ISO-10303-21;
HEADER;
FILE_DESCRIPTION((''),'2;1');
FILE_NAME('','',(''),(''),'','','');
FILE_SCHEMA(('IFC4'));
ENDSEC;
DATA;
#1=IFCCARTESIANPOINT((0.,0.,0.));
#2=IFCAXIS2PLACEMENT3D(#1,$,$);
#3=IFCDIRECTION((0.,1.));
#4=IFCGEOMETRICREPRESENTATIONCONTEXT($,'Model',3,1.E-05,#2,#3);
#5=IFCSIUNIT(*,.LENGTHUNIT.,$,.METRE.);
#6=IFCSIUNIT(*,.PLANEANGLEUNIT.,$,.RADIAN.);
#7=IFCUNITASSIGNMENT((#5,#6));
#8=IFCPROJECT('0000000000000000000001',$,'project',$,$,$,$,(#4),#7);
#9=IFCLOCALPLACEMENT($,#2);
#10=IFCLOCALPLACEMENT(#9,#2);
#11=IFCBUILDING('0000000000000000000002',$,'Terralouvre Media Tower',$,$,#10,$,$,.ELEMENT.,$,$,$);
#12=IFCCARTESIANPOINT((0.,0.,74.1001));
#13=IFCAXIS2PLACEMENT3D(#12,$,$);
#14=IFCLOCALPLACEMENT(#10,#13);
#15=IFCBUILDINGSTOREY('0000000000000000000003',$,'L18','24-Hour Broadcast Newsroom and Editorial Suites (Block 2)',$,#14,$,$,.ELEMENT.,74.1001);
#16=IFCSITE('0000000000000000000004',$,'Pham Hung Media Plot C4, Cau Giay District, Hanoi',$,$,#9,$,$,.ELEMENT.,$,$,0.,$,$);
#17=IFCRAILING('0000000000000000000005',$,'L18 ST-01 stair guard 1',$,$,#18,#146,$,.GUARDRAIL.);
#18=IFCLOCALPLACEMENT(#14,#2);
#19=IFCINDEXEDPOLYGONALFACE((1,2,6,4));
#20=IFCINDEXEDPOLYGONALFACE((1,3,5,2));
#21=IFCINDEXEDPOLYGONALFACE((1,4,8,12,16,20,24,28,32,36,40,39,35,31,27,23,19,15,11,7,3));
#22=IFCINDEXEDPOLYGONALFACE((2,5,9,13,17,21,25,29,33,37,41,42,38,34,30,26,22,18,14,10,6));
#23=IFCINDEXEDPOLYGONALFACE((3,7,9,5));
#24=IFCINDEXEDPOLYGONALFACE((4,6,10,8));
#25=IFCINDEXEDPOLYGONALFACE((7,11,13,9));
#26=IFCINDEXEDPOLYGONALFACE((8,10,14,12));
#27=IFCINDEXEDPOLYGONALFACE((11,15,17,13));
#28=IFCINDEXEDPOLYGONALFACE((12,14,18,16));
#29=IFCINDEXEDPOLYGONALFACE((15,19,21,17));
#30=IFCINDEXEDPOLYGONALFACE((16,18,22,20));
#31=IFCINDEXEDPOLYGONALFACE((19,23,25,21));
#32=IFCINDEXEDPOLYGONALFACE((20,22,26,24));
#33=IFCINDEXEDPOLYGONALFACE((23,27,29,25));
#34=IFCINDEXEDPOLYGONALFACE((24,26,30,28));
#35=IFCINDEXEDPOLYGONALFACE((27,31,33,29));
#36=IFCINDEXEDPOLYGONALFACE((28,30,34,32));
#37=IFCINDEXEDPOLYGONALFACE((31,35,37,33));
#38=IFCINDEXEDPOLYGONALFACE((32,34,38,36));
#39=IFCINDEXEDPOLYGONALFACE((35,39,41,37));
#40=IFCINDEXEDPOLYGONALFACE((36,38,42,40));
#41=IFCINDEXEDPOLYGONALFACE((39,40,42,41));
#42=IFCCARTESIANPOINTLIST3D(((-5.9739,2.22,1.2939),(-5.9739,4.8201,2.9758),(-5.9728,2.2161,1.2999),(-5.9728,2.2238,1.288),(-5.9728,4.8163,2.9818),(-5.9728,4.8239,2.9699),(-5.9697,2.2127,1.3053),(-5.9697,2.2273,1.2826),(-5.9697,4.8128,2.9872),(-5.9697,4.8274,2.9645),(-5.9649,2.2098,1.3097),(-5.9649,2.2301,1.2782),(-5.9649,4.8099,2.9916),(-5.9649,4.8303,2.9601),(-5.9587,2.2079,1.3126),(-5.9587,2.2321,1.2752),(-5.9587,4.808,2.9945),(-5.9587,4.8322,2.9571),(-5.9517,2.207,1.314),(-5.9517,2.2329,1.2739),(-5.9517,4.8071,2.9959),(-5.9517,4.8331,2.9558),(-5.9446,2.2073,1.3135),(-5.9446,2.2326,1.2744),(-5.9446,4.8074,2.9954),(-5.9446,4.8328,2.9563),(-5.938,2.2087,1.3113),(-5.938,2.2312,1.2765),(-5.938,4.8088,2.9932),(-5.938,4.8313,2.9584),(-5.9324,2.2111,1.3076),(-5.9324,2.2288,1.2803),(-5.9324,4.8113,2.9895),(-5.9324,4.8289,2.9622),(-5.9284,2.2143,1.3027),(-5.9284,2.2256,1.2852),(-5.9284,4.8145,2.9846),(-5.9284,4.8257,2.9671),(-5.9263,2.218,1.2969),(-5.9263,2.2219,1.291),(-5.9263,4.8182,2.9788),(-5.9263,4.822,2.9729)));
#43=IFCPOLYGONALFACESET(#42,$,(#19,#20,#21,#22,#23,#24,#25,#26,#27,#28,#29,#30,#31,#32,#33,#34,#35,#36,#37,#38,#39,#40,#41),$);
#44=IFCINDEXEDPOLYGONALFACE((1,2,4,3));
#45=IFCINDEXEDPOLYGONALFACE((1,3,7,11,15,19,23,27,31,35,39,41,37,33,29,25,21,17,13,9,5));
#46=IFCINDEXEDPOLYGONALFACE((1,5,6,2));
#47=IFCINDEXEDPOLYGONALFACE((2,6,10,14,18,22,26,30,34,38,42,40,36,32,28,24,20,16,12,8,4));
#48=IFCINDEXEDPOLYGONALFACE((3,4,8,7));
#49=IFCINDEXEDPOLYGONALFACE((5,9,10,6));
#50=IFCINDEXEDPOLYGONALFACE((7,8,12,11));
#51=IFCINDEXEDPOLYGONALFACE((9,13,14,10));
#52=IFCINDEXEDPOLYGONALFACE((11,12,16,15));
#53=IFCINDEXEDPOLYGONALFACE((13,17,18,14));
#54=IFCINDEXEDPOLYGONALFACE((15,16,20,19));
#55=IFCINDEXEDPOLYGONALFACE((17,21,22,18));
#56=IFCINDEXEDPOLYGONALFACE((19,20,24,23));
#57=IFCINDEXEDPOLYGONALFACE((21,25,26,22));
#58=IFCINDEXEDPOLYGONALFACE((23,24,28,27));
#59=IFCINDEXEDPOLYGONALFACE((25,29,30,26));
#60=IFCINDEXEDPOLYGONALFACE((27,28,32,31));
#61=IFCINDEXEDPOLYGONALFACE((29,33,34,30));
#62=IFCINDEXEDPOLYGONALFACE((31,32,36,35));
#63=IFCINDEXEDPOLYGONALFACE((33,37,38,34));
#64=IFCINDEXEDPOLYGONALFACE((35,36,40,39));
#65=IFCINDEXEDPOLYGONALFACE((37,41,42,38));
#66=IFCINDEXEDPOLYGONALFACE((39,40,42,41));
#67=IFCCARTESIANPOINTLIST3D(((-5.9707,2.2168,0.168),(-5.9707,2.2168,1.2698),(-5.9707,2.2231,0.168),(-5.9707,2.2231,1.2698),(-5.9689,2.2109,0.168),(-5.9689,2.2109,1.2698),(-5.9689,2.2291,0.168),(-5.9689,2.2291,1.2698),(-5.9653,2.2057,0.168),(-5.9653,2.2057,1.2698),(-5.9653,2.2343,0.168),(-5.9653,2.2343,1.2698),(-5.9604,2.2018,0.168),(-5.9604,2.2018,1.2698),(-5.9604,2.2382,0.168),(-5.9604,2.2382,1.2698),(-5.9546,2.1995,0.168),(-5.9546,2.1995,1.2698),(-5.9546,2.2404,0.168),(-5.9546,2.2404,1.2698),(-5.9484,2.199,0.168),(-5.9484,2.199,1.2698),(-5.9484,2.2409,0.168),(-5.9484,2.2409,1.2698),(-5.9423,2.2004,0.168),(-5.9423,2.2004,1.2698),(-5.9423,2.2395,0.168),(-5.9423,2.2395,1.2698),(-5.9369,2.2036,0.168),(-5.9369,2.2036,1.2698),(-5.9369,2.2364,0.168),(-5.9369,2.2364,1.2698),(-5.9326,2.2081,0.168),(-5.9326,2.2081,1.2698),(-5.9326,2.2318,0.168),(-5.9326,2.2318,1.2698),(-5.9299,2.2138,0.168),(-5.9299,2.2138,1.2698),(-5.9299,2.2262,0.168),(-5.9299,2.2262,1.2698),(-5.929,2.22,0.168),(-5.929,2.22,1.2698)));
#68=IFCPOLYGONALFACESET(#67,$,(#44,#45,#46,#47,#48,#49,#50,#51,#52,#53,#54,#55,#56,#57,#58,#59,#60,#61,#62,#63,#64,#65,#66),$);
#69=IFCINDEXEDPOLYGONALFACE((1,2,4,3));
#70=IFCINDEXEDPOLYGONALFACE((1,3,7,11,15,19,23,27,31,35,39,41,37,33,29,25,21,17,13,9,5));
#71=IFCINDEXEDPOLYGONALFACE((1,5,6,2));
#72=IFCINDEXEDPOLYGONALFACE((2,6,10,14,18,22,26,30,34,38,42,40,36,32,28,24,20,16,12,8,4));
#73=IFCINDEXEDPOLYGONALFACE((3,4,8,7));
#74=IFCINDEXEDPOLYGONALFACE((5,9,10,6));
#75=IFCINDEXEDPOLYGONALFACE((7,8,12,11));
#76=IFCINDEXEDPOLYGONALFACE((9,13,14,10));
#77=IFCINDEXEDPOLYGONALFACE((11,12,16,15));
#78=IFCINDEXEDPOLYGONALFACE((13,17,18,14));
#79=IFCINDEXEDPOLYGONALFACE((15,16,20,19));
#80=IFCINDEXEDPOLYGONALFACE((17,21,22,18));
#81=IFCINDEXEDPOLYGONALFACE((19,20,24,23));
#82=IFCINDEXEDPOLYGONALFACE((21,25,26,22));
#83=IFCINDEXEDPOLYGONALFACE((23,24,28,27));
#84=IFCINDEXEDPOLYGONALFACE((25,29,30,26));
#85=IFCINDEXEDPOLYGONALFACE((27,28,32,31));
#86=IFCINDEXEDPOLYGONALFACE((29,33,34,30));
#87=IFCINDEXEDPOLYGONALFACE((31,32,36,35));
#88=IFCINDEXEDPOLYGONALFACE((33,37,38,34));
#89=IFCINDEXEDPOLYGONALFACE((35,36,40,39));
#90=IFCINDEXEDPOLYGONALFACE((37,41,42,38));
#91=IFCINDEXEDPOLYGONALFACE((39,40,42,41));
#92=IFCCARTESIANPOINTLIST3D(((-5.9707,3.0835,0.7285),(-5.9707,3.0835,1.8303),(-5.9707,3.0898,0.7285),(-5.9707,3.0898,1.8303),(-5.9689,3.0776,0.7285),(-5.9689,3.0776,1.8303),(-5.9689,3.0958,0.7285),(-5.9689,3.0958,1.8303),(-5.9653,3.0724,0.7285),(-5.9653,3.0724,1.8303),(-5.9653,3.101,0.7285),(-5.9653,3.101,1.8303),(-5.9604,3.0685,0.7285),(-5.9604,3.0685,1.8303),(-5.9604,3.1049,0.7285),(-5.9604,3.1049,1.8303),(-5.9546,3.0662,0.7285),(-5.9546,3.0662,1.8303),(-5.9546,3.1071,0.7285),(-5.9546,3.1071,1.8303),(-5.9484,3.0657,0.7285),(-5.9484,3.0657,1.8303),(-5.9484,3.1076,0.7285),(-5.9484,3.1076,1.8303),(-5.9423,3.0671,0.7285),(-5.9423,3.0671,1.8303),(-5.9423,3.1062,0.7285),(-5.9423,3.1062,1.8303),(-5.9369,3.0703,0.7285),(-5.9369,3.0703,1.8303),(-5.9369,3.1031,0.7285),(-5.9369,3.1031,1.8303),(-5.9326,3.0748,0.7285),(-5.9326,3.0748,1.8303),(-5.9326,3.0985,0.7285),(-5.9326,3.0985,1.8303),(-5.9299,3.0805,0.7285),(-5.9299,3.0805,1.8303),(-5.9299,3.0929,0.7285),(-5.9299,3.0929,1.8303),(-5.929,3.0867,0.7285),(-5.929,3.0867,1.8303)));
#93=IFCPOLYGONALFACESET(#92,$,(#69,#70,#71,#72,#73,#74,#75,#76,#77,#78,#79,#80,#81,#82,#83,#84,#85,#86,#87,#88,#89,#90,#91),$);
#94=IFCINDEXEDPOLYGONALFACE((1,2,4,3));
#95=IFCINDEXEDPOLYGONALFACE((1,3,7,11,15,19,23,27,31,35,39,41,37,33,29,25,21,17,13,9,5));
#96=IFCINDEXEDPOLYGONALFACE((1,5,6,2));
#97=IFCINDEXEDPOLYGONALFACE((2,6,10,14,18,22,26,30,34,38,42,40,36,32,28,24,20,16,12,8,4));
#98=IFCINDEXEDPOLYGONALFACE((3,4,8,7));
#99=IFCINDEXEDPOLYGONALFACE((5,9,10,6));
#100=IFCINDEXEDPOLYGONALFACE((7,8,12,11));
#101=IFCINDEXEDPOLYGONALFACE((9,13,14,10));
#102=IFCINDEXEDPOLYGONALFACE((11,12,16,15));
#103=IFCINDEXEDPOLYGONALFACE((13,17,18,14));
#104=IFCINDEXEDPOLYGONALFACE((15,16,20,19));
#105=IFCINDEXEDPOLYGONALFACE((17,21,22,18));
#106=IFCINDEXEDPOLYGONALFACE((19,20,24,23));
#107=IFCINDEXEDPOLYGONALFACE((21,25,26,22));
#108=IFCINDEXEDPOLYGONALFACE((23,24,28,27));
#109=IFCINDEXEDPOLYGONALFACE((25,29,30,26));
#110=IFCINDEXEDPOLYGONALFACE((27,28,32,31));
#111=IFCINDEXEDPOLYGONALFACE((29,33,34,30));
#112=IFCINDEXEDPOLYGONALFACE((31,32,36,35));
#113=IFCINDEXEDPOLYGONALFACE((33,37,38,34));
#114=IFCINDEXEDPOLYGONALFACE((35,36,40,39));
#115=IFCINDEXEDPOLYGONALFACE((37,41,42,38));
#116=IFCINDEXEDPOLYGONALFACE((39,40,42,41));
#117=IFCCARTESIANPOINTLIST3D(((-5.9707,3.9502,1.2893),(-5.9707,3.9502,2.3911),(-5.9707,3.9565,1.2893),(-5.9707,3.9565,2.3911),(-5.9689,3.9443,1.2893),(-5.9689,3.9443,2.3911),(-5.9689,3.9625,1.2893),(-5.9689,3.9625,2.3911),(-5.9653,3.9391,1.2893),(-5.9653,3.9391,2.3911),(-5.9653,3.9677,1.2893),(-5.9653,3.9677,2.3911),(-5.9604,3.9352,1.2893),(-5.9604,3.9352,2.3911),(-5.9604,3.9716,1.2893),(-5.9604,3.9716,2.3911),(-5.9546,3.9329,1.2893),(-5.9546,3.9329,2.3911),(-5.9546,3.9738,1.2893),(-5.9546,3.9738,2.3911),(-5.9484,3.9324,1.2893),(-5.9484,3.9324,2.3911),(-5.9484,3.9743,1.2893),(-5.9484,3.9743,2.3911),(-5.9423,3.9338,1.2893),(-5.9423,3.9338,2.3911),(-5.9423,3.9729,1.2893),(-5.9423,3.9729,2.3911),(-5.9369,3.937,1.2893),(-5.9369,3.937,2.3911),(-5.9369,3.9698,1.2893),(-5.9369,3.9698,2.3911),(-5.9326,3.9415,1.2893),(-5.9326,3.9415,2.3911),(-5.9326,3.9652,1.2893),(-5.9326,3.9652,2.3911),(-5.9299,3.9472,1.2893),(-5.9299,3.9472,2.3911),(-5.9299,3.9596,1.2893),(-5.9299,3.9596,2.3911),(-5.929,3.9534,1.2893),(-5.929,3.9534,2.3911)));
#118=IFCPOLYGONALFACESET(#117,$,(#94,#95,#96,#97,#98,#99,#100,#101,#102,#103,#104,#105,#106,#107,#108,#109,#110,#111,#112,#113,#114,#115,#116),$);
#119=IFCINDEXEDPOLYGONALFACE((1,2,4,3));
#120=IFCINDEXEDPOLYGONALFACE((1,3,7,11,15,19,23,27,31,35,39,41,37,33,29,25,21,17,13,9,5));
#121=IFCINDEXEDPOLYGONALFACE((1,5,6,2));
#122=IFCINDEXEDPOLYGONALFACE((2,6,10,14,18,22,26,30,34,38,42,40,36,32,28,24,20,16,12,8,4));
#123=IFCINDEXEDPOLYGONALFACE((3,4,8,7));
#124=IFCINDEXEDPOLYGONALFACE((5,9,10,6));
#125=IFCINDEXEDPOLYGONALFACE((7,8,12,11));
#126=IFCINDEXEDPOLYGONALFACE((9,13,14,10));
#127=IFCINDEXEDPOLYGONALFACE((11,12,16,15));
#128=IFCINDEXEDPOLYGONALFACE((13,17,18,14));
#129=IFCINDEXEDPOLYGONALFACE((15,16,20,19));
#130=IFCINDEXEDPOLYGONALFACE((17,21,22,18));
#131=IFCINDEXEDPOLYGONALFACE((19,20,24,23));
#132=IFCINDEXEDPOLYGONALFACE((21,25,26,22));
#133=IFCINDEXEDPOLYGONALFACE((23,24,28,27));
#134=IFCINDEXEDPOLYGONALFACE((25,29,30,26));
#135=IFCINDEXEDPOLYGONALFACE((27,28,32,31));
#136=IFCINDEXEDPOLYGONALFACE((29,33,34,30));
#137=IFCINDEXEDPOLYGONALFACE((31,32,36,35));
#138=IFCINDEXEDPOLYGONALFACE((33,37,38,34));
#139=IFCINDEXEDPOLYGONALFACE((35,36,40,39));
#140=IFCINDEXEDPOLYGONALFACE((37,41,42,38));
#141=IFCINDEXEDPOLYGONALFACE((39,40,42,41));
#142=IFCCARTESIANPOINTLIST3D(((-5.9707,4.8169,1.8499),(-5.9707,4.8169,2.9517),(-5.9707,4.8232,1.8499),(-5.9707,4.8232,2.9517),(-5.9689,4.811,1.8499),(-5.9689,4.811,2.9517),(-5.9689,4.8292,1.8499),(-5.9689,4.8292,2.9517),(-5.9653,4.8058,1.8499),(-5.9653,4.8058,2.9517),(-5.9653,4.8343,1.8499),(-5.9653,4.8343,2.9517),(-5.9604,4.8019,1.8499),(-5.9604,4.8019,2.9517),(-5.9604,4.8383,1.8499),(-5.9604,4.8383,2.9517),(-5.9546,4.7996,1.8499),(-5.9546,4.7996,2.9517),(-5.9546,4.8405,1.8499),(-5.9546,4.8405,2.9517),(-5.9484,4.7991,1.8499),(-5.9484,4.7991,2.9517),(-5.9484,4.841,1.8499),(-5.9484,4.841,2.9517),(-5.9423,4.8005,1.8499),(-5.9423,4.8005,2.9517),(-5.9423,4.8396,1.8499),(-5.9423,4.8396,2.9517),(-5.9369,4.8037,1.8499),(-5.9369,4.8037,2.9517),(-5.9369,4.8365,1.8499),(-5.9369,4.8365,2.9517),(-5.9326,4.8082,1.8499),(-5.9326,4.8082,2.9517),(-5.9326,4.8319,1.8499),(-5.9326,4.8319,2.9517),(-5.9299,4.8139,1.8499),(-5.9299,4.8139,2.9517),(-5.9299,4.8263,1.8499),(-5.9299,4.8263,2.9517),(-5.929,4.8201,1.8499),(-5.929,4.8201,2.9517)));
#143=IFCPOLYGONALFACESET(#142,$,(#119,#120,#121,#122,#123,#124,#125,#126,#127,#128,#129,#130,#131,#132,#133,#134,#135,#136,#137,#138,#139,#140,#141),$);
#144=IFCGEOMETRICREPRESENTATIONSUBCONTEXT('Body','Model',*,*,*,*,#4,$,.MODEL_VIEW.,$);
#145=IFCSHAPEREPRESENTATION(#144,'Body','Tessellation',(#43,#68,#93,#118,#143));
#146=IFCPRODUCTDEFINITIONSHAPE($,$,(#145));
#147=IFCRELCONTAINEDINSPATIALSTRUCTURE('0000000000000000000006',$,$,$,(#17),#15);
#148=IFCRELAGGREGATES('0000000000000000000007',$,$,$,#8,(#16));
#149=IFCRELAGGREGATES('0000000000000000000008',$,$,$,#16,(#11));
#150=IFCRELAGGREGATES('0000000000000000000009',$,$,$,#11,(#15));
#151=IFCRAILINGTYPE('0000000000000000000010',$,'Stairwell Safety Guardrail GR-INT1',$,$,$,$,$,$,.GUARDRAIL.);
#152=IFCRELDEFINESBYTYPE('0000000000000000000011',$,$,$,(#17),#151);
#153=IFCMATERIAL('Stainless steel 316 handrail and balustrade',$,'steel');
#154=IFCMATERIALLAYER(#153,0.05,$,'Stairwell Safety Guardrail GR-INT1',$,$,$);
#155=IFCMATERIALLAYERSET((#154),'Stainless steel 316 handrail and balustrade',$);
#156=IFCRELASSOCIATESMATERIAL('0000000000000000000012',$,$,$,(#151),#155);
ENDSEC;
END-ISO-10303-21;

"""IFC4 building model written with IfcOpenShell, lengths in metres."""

from ifc_helpers import new_model, si_unit, direction, frame, origin, origin_2d, place, context, subcontext, project, spatial, circle, extrude, material, layer, layer_set, type_object, element, save


model = new_model("IFC4")

# Units and contexts
model_context = context("Model", 3, precision=1e-05, world=origin(), true_north=direction((0.0, 1.0)))
body_context = subcontext(model_context, "Body", "Model", "MODEL_VIEW")
ifc_project = project(units=[si_unit("LENGTHUNIT", "METRE"), si_unit("PLANEANGLEUNIT", "RADIAN")], contexts=[model_context])

# Site, building, storey
site_placement = place(None, origin())
site = spatial("IfcSite", under=ifc_project, at=site_placement, Name="Pham Hung Media Plot C4, Cau Giay District, Hanoi", CompositionType="ELEMENT", RefElevation=0.0)
building_placement = place(site_placement, origin())
building = spatial("IfcBuilding", under=site, at=building_placement, Name="Terralouvre Media Tower", CompositionType="ELEMENT")
storey_placement = place(building_placement, frame((0.0, 0.0, 74.1001)))
storey = spatial("IfcBuildingStorey", under=building, at=storey_placement, Name="L18", Description="24-Hour Broadcast Newsroom and Editorial Suites (Block 2)", CompositionType="ELEMENT", Elevation=74.1001)

# Railing
ifc_material_1 = material(Name="Stainless steel 316 handrail and balustrade", Category="steel")
ifc_layer_1 = layer(ifc_material_1, 0.05, Name="Stairwell Safety Guardrail GR-INT1")
ifc_layer_set_1 = layer_set([ifc_layer_1], Name="Stainless steel 316 handrail and balustrade")
railing_type_1 = type_object("IfcRailingType", Name="Stairwell Safety Guardrail GR-INT1", PredefinedType="GUARDRAIL", material=ifc_layer_set_1)
railing_1_placement = place(storey_placement, frame((-5.95, 2.22, 0.168)))
element("IfcRailing", 1, at=railing_1_placement, inside=storey, type_object=railing_type_1, Name="L18 ST-01 stair guard 1", PredefinedType="GUARDRAIL", context=body_context, shape_type="SweptSolid", body=[
    extrude(circle(Radius=0.0239, at=origin_2d()), frame((0.0, 0.0, 1.126), z_axis=(0.0, 0.839648, 0.54313), x_axis=(-1.0, 0.0, 0.0)), (0.0, 0.0, 1.0), 3.0967),
    extrude(circle(Radius=0.021, at=origin_2d()), origin(), (0.0, 0.0, 1.0), 1.1018),
    extrude(circle(Radius=0.021, at=origin_2d()), frame((0.0, 0.8667, 0.5605)), (0.0, 0.0, 1.0), 1.1018),
    extrude(circle(Radius=0.021, at=origin_2d()), frame((0.0, 1.7334, 1.1213)), (0.0, 0.0, 1.0), 1.1018),
    extrude(circle(Radius=0.021, at=origin_2d()), frame((0.0, 2.6001, 1.6819)), (0.0, 0.0, 1.0), 1.1018),
])

save(model, "model.ifc")
